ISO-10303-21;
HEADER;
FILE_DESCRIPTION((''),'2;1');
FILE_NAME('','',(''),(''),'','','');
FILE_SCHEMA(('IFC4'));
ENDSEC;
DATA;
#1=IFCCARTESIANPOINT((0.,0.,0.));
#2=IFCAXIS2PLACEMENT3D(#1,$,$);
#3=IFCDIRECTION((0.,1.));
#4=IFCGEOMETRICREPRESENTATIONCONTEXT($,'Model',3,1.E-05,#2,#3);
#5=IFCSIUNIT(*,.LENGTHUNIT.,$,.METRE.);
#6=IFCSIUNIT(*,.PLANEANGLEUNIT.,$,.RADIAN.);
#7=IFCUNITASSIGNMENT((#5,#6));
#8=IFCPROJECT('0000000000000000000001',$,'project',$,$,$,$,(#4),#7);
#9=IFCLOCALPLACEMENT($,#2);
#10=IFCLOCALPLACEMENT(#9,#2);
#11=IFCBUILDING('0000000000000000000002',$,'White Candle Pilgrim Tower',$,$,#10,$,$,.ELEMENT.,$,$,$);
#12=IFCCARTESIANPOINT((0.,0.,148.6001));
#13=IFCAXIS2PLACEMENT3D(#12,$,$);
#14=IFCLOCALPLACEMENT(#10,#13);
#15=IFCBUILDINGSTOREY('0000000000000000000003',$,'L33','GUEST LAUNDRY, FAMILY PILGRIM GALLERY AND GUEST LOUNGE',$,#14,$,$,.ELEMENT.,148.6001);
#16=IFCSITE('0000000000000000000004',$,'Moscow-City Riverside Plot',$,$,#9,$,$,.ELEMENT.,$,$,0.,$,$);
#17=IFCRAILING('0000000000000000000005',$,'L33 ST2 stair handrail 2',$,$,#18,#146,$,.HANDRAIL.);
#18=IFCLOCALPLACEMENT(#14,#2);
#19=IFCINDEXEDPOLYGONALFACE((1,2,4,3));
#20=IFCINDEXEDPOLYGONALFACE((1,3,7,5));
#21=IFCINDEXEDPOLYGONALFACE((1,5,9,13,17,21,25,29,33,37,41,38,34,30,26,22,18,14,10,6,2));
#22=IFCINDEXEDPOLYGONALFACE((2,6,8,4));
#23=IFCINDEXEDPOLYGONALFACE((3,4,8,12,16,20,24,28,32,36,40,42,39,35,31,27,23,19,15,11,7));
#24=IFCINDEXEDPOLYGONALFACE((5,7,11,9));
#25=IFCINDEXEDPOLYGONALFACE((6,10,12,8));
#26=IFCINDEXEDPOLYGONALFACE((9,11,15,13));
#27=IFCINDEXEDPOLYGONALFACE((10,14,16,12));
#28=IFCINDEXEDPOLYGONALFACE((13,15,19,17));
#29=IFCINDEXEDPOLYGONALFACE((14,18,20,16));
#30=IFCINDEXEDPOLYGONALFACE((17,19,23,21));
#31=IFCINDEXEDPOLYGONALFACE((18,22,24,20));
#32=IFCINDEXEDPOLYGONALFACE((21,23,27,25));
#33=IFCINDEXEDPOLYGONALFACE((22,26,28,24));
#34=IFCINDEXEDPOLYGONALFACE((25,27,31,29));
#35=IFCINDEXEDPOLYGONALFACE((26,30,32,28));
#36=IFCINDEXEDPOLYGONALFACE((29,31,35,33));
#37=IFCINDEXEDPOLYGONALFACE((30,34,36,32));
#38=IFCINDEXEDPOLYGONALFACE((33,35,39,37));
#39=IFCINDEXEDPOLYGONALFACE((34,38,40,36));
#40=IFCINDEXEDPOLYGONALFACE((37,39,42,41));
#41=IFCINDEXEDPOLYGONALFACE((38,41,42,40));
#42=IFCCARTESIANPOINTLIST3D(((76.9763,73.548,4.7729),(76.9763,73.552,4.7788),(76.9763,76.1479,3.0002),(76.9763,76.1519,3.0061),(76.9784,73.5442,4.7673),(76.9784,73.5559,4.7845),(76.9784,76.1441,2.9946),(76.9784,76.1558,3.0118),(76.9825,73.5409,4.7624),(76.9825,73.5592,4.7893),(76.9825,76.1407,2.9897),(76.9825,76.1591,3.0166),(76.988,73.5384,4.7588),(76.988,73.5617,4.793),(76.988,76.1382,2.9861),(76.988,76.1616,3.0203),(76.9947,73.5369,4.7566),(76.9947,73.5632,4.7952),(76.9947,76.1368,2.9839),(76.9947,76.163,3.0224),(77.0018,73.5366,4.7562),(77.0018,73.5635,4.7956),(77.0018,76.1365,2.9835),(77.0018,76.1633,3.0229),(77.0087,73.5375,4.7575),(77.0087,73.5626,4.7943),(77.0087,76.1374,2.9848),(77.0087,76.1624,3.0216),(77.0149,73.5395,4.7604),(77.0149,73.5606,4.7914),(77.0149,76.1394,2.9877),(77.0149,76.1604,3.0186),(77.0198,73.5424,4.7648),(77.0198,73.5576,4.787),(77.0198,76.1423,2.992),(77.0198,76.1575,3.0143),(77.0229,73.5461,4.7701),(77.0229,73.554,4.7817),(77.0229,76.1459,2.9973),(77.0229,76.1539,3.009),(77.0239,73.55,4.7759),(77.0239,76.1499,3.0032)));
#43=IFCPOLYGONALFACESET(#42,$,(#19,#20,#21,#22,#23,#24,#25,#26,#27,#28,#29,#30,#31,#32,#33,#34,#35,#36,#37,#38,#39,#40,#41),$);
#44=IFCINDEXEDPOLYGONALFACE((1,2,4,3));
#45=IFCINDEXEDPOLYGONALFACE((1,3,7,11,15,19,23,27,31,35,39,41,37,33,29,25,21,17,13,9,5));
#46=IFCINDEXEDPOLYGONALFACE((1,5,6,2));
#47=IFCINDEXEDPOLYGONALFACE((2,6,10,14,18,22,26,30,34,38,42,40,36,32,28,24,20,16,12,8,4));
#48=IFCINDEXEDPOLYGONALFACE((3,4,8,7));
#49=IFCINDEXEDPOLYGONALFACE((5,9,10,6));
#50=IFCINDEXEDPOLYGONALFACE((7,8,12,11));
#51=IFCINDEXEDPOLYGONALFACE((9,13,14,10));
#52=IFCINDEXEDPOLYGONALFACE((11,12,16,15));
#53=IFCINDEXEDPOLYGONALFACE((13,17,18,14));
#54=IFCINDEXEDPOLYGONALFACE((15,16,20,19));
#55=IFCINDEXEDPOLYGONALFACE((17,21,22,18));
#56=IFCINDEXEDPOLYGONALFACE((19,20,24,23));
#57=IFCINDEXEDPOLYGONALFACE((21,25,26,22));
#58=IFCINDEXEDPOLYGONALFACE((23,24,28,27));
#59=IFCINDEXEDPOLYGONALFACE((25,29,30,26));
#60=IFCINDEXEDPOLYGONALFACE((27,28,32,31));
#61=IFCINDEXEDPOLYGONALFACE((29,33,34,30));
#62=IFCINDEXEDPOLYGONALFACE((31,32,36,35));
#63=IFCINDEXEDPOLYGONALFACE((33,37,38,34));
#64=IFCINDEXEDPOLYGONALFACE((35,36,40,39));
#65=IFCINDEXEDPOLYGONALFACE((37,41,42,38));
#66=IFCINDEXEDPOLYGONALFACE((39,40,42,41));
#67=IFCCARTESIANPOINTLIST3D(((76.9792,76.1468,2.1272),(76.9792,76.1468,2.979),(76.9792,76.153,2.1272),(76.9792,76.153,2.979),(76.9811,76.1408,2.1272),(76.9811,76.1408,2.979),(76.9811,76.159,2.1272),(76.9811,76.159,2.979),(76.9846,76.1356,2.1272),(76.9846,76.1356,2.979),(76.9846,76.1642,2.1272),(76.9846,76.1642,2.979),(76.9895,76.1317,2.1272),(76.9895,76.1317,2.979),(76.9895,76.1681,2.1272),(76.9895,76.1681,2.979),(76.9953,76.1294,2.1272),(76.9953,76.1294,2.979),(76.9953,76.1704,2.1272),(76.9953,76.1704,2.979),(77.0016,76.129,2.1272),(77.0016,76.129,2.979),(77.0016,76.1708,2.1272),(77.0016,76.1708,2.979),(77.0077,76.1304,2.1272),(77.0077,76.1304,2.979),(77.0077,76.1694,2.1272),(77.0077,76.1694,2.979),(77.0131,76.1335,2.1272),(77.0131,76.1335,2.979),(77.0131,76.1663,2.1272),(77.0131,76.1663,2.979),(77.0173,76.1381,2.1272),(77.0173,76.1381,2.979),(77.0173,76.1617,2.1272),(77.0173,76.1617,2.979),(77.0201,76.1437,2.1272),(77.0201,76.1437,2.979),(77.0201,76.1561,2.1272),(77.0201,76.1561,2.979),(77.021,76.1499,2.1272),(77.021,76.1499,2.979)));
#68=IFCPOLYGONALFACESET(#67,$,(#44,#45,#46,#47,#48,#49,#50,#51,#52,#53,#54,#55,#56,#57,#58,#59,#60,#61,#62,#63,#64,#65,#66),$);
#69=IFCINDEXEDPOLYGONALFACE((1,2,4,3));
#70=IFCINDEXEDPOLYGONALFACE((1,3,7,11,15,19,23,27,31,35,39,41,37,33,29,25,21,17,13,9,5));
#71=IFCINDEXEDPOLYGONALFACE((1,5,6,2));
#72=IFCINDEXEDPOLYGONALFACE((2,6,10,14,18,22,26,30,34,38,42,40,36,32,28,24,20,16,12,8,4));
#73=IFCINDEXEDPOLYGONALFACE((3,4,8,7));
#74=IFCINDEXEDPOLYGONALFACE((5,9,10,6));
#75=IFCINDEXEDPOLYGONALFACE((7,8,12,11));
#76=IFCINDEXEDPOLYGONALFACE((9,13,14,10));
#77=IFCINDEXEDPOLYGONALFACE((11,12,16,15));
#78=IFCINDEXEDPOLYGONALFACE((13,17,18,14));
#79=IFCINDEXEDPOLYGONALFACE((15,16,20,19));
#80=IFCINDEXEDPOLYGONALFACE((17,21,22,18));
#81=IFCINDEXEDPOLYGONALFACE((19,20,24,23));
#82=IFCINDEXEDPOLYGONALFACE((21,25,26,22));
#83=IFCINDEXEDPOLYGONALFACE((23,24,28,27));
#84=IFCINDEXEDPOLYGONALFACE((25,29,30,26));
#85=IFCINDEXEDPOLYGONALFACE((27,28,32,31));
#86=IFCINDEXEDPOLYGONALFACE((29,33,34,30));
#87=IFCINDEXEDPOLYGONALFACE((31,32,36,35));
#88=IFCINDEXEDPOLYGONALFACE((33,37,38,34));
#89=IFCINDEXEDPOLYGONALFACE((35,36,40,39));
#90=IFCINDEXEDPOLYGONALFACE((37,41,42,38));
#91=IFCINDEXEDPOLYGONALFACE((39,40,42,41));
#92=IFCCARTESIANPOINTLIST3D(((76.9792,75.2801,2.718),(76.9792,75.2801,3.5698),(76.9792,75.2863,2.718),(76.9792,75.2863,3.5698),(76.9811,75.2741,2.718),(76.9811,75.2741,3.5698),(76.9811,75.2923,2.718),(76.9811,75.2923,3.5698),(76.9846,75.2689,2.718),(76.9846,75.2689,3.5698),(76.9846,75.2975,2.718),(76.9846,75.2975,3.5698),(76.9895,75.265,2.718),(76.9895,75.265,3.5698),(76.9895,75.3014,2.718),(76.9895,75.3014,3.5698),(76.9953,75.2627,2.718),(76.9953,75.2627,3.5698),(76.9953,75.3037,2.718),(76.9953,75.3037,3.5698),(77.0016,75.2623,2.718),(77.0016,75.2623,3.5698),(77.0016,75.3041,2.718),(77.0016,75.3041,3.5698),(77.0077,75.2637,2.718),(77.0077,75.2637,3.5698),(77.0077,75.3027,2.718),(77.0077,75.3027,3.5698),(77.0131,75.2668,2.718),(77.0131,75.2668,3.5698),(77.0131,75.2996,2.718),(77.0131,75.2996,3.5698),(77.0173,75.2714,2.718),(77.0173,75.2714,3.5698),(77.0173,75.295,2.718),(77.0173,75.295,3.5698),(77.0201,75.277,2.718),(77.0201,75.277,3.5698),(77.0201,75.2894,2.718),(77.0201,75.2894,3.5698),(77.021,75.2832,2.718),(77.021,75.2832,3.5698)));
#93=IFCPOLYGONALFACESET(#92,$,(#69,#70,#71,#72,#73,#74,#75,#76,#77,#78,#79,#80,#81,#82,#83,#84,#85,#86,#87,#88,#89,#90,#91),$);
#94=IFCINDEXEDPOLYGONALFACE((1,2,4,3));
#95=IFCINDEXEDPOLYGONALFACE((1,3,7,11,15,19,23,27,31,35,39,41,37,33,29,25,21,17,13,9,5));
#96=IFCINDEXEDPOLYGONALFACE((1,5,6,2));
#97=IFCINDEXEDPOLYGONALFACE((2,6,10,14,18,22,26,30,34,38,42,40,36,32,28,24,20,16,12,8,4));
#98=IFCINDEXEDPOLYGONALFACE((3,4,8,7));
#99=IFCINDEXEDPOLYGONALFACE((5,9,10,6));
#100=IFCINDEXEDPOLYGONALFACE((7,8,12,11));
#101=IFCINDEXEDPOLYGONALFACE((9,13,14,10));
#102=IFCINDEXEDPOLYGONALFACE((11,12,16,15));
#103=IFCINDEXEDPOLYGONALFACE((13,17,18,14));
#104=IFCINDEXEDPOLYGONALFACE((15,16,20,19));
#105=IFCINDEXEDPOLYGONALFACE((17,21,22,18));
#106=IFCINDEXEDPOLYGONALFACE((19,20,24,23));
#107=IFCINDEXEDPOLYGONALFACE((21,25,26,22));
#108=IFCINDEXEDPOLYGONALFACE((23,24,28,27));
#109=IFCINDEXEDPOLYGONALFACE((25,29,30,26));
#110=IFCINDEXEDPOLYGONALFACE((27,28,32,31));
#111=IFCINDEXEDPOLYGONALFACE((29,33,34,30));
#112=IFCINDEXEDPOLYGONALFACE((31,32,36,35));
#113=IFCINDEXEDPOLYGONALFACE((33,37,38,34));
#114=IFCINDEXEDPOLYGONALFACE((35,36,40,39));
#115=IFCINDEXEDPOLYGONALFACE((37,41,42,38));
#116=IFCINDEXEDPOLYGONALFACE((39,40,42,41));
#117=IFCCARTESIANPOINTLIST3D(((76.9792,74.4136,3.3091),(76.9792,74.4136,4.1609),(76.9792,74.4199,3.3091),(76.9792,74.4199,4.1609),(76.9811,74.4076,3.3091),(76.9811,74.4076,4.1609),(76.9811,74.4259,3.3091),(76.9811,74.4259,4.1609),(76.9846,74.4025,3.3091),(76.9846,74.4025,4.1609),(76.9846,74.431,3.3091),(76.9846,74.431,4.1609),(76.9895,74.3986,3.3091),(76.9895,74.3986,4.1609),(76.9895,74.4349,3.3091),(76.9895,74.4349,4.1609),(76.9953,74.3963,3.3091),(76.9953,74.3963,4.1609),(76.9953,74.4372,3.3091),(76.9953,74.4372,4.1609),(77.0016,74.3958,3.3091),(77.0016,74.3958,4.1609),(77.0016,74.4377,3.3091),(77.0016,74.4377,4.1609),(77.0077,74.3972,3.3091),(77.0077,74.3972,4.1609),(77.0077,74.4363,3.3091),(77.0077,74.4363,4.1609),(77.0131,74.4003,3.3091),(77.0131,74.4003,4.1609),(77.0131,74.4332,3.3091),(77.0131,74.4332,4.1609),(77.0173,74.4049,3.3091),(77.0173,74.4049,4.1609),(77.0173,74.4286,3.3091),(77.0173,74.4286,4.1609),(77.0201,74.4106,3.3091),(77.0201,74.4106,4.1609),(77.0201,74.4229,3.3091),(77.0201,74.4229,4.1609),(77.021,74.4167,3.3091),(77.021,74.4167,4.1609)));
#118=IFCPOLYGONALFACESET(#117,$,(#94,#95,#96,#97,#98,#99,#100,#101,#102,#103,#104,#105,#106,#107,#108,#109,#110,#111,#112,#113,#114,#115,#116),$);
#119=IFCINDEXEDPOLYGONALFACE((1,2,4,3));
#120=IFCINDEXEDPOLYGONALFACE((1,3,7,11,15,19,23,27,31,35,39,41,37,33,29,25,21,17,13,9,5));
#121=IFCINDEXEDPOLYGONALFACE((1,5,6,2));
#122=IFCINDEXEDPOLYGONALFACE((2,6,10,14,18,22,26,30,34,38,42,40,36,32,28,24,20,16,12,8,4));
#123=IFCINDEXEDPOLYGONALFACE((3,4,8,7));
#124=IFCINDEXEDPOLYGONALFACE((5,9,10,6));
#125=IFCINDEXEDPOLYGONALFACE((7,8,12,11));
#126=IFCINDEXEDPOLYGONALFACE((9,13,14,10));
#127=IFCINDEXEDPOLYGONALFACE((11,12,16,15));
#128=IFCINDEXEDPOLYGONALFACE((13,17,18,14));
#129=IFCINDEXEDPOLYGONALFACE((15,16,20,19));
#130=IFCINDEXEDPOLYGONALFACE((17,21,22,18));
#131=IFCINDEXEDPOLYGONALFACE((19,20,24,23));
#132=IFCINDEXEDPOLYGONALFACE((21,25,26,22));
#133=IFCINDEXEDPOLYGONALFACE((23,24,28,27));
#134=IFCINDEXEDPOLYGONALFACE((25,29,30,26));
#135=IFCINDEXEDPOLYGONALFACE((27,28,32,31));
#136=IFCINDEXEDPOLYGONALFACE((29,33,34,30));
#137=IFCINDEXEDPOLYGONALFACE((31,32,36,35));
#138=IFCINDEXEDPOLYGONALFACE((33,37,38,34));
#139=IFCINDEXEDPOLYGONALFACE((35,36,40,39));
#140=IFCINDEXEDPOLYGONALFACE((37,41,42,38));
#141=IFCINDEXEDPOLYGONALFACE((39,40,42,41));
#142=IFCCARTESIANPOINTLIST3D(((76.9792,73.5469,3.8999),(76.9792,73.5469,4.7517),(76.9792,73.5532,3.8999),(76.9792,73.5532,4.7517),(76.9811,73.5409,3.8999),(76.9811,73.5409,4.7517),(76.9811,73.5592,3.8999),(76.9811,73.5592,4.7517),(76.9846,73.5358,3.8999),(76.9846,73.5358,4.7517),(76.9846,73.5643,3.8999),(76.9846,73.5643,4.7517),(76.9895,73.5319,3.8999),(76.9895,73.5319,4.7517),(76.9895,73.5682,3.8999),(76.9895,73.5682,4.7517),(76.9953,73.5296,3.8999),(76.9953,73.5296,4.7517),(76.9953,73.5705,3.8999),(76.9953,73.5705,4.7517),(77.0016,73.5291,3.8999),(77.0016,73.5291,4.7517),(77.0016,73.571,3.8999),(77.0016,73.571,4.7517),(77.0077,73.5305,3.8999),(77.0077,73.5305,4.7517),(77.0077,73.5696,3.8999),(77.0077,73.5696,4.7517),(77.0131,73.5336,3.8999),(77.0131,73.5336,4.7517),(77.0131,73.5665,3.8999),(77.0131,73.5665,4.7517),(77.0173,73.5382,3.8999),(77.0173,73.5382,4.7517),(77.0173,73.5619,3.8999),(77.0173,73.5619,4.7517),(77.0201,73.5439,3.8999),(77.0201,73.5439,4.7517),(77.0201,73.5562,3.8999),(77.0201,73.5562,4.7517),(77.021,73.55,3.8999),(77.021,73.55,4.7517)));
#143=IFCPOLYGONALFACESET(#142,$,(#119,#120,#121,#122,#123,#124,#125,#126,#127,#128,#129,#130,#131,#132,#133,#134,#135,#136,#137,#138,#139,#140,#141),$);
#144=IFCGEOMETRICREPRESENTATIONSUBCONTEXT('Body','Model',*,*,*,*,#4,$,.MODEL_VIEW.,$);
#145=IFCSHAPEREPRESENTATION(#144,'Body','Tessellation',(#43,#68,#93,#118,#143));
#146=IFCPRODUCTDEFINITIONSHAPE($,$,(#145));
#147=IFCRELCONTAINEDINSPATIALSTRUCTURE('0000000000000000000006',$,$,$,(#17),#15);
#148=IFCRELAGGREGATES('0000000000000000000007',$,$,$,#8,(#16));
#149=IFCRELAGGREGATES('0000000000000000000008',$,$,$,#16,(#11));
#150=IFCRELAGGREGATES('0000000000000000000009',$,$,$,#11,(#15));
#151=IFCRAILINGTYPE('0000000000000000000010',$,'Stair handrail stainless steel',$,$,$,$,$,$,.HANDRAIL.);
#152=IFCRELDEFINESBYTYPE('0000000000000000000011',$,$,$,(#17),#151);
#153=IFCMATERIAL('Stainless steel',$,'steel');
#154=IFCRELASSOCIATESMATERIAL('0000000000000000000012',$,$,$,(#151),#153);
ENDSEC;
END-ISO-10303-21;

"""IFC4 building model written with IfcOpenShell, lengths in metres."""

from ifc_helpers import new_model, si_unit, direction, frame, origin, origin_2d, place, context, subcontext, project, spatial, circle, extrude, material, type_object, element, save


model = new_model("IFC4")

# Units and contexts
model_context = context("Model", 3, precision=1e-05, world=origin(), true_north=direction((0.0, 1.0)))
body_context = subcontext(model_context, "Body", "Model", "MODEL_VIEW")
ifc_project = project(units=[si_unit("LENGTHUNIT", "METRE"), si_unit("PLANEANGLEUNIT", "RADIAN")], contexts=[model_context])

# Site, building, storey
site_placement = place(None, origin())
site = spatial("IfcSite", under=ifc_project, at=site_placement, Name="Moscow-City Riverside Plot", CompositionType="ELEMENT", RefElevation=0.0)
building_placement = place(site_placement, origin())
building = spatial("IfcBuilding", under=site, at=building_placement, Name="White Candle Pilgrim Tower", CompositionType="ELEMENT")
storey_placement = place(building_placement, frame((0.0, 0.0, 148.6001)))
storey = spatial("IfcBuildingStorey", under=building, at=storey_placement, Name="L33", Description="GUEST LAUNDRY, FAMILY PILGRIM GALLERY AND GUEST LOUNGE", CompositionType="ELEMENT", Elevation=148.6001)

# Shared definitions
ifc_material_1 = material(Name="Stainless steel", Category="steel")

# Railing
railing_type = type_object("IfcRailingType", Name="Stair handrail stainless steel", PredefinedType="HANDRAIL", material=ifc_material_1)
railing_placement = place(storey_placement, frame((77.0, 76.1499, 2.1272)))
element("IfcRailing", 1, at=railing_placement, inside=storey, type_object=railing_type, Name="L33 ST2 stair handrail 2", PredefinedType="HANDRAIL", context=body_context, shape_type="SweptSolid", body=[
    extrude(circle(Radius=0.0239, at=origin_2d()), frame((0.0, 0.0, 0.876), z_axis=(0.0, -0.826216, 0.563354), x_axis=(1.0, 0.0, 0.0)), (0.0, 0.0, 1.0), 3.1467),
    extrude(circle(Radius=0.021, at=origin_2d()), origin(), (0.0, 0.0, 1.0), 0.8518),
    extrude(circle(Radius=0.021, at=origin_2d()), frame((0.0, -0.8667, 0.5908)), (0.0, 0.0, 1.0), 0.8518),
    extrude(circle(Radius=0.021, at=origin_2d()), frame((0.0, -1.7332, 1.1819)), (0.0, 0.0, 1.0), 0.8518),
    extrude(circle(Radius=0.021, at=origin_2d()), frame((0.0, -2.5999, 1.7727)), (0.0, 0.0, 1.0), 0.8518),
])

save(model, "model.ifc")
